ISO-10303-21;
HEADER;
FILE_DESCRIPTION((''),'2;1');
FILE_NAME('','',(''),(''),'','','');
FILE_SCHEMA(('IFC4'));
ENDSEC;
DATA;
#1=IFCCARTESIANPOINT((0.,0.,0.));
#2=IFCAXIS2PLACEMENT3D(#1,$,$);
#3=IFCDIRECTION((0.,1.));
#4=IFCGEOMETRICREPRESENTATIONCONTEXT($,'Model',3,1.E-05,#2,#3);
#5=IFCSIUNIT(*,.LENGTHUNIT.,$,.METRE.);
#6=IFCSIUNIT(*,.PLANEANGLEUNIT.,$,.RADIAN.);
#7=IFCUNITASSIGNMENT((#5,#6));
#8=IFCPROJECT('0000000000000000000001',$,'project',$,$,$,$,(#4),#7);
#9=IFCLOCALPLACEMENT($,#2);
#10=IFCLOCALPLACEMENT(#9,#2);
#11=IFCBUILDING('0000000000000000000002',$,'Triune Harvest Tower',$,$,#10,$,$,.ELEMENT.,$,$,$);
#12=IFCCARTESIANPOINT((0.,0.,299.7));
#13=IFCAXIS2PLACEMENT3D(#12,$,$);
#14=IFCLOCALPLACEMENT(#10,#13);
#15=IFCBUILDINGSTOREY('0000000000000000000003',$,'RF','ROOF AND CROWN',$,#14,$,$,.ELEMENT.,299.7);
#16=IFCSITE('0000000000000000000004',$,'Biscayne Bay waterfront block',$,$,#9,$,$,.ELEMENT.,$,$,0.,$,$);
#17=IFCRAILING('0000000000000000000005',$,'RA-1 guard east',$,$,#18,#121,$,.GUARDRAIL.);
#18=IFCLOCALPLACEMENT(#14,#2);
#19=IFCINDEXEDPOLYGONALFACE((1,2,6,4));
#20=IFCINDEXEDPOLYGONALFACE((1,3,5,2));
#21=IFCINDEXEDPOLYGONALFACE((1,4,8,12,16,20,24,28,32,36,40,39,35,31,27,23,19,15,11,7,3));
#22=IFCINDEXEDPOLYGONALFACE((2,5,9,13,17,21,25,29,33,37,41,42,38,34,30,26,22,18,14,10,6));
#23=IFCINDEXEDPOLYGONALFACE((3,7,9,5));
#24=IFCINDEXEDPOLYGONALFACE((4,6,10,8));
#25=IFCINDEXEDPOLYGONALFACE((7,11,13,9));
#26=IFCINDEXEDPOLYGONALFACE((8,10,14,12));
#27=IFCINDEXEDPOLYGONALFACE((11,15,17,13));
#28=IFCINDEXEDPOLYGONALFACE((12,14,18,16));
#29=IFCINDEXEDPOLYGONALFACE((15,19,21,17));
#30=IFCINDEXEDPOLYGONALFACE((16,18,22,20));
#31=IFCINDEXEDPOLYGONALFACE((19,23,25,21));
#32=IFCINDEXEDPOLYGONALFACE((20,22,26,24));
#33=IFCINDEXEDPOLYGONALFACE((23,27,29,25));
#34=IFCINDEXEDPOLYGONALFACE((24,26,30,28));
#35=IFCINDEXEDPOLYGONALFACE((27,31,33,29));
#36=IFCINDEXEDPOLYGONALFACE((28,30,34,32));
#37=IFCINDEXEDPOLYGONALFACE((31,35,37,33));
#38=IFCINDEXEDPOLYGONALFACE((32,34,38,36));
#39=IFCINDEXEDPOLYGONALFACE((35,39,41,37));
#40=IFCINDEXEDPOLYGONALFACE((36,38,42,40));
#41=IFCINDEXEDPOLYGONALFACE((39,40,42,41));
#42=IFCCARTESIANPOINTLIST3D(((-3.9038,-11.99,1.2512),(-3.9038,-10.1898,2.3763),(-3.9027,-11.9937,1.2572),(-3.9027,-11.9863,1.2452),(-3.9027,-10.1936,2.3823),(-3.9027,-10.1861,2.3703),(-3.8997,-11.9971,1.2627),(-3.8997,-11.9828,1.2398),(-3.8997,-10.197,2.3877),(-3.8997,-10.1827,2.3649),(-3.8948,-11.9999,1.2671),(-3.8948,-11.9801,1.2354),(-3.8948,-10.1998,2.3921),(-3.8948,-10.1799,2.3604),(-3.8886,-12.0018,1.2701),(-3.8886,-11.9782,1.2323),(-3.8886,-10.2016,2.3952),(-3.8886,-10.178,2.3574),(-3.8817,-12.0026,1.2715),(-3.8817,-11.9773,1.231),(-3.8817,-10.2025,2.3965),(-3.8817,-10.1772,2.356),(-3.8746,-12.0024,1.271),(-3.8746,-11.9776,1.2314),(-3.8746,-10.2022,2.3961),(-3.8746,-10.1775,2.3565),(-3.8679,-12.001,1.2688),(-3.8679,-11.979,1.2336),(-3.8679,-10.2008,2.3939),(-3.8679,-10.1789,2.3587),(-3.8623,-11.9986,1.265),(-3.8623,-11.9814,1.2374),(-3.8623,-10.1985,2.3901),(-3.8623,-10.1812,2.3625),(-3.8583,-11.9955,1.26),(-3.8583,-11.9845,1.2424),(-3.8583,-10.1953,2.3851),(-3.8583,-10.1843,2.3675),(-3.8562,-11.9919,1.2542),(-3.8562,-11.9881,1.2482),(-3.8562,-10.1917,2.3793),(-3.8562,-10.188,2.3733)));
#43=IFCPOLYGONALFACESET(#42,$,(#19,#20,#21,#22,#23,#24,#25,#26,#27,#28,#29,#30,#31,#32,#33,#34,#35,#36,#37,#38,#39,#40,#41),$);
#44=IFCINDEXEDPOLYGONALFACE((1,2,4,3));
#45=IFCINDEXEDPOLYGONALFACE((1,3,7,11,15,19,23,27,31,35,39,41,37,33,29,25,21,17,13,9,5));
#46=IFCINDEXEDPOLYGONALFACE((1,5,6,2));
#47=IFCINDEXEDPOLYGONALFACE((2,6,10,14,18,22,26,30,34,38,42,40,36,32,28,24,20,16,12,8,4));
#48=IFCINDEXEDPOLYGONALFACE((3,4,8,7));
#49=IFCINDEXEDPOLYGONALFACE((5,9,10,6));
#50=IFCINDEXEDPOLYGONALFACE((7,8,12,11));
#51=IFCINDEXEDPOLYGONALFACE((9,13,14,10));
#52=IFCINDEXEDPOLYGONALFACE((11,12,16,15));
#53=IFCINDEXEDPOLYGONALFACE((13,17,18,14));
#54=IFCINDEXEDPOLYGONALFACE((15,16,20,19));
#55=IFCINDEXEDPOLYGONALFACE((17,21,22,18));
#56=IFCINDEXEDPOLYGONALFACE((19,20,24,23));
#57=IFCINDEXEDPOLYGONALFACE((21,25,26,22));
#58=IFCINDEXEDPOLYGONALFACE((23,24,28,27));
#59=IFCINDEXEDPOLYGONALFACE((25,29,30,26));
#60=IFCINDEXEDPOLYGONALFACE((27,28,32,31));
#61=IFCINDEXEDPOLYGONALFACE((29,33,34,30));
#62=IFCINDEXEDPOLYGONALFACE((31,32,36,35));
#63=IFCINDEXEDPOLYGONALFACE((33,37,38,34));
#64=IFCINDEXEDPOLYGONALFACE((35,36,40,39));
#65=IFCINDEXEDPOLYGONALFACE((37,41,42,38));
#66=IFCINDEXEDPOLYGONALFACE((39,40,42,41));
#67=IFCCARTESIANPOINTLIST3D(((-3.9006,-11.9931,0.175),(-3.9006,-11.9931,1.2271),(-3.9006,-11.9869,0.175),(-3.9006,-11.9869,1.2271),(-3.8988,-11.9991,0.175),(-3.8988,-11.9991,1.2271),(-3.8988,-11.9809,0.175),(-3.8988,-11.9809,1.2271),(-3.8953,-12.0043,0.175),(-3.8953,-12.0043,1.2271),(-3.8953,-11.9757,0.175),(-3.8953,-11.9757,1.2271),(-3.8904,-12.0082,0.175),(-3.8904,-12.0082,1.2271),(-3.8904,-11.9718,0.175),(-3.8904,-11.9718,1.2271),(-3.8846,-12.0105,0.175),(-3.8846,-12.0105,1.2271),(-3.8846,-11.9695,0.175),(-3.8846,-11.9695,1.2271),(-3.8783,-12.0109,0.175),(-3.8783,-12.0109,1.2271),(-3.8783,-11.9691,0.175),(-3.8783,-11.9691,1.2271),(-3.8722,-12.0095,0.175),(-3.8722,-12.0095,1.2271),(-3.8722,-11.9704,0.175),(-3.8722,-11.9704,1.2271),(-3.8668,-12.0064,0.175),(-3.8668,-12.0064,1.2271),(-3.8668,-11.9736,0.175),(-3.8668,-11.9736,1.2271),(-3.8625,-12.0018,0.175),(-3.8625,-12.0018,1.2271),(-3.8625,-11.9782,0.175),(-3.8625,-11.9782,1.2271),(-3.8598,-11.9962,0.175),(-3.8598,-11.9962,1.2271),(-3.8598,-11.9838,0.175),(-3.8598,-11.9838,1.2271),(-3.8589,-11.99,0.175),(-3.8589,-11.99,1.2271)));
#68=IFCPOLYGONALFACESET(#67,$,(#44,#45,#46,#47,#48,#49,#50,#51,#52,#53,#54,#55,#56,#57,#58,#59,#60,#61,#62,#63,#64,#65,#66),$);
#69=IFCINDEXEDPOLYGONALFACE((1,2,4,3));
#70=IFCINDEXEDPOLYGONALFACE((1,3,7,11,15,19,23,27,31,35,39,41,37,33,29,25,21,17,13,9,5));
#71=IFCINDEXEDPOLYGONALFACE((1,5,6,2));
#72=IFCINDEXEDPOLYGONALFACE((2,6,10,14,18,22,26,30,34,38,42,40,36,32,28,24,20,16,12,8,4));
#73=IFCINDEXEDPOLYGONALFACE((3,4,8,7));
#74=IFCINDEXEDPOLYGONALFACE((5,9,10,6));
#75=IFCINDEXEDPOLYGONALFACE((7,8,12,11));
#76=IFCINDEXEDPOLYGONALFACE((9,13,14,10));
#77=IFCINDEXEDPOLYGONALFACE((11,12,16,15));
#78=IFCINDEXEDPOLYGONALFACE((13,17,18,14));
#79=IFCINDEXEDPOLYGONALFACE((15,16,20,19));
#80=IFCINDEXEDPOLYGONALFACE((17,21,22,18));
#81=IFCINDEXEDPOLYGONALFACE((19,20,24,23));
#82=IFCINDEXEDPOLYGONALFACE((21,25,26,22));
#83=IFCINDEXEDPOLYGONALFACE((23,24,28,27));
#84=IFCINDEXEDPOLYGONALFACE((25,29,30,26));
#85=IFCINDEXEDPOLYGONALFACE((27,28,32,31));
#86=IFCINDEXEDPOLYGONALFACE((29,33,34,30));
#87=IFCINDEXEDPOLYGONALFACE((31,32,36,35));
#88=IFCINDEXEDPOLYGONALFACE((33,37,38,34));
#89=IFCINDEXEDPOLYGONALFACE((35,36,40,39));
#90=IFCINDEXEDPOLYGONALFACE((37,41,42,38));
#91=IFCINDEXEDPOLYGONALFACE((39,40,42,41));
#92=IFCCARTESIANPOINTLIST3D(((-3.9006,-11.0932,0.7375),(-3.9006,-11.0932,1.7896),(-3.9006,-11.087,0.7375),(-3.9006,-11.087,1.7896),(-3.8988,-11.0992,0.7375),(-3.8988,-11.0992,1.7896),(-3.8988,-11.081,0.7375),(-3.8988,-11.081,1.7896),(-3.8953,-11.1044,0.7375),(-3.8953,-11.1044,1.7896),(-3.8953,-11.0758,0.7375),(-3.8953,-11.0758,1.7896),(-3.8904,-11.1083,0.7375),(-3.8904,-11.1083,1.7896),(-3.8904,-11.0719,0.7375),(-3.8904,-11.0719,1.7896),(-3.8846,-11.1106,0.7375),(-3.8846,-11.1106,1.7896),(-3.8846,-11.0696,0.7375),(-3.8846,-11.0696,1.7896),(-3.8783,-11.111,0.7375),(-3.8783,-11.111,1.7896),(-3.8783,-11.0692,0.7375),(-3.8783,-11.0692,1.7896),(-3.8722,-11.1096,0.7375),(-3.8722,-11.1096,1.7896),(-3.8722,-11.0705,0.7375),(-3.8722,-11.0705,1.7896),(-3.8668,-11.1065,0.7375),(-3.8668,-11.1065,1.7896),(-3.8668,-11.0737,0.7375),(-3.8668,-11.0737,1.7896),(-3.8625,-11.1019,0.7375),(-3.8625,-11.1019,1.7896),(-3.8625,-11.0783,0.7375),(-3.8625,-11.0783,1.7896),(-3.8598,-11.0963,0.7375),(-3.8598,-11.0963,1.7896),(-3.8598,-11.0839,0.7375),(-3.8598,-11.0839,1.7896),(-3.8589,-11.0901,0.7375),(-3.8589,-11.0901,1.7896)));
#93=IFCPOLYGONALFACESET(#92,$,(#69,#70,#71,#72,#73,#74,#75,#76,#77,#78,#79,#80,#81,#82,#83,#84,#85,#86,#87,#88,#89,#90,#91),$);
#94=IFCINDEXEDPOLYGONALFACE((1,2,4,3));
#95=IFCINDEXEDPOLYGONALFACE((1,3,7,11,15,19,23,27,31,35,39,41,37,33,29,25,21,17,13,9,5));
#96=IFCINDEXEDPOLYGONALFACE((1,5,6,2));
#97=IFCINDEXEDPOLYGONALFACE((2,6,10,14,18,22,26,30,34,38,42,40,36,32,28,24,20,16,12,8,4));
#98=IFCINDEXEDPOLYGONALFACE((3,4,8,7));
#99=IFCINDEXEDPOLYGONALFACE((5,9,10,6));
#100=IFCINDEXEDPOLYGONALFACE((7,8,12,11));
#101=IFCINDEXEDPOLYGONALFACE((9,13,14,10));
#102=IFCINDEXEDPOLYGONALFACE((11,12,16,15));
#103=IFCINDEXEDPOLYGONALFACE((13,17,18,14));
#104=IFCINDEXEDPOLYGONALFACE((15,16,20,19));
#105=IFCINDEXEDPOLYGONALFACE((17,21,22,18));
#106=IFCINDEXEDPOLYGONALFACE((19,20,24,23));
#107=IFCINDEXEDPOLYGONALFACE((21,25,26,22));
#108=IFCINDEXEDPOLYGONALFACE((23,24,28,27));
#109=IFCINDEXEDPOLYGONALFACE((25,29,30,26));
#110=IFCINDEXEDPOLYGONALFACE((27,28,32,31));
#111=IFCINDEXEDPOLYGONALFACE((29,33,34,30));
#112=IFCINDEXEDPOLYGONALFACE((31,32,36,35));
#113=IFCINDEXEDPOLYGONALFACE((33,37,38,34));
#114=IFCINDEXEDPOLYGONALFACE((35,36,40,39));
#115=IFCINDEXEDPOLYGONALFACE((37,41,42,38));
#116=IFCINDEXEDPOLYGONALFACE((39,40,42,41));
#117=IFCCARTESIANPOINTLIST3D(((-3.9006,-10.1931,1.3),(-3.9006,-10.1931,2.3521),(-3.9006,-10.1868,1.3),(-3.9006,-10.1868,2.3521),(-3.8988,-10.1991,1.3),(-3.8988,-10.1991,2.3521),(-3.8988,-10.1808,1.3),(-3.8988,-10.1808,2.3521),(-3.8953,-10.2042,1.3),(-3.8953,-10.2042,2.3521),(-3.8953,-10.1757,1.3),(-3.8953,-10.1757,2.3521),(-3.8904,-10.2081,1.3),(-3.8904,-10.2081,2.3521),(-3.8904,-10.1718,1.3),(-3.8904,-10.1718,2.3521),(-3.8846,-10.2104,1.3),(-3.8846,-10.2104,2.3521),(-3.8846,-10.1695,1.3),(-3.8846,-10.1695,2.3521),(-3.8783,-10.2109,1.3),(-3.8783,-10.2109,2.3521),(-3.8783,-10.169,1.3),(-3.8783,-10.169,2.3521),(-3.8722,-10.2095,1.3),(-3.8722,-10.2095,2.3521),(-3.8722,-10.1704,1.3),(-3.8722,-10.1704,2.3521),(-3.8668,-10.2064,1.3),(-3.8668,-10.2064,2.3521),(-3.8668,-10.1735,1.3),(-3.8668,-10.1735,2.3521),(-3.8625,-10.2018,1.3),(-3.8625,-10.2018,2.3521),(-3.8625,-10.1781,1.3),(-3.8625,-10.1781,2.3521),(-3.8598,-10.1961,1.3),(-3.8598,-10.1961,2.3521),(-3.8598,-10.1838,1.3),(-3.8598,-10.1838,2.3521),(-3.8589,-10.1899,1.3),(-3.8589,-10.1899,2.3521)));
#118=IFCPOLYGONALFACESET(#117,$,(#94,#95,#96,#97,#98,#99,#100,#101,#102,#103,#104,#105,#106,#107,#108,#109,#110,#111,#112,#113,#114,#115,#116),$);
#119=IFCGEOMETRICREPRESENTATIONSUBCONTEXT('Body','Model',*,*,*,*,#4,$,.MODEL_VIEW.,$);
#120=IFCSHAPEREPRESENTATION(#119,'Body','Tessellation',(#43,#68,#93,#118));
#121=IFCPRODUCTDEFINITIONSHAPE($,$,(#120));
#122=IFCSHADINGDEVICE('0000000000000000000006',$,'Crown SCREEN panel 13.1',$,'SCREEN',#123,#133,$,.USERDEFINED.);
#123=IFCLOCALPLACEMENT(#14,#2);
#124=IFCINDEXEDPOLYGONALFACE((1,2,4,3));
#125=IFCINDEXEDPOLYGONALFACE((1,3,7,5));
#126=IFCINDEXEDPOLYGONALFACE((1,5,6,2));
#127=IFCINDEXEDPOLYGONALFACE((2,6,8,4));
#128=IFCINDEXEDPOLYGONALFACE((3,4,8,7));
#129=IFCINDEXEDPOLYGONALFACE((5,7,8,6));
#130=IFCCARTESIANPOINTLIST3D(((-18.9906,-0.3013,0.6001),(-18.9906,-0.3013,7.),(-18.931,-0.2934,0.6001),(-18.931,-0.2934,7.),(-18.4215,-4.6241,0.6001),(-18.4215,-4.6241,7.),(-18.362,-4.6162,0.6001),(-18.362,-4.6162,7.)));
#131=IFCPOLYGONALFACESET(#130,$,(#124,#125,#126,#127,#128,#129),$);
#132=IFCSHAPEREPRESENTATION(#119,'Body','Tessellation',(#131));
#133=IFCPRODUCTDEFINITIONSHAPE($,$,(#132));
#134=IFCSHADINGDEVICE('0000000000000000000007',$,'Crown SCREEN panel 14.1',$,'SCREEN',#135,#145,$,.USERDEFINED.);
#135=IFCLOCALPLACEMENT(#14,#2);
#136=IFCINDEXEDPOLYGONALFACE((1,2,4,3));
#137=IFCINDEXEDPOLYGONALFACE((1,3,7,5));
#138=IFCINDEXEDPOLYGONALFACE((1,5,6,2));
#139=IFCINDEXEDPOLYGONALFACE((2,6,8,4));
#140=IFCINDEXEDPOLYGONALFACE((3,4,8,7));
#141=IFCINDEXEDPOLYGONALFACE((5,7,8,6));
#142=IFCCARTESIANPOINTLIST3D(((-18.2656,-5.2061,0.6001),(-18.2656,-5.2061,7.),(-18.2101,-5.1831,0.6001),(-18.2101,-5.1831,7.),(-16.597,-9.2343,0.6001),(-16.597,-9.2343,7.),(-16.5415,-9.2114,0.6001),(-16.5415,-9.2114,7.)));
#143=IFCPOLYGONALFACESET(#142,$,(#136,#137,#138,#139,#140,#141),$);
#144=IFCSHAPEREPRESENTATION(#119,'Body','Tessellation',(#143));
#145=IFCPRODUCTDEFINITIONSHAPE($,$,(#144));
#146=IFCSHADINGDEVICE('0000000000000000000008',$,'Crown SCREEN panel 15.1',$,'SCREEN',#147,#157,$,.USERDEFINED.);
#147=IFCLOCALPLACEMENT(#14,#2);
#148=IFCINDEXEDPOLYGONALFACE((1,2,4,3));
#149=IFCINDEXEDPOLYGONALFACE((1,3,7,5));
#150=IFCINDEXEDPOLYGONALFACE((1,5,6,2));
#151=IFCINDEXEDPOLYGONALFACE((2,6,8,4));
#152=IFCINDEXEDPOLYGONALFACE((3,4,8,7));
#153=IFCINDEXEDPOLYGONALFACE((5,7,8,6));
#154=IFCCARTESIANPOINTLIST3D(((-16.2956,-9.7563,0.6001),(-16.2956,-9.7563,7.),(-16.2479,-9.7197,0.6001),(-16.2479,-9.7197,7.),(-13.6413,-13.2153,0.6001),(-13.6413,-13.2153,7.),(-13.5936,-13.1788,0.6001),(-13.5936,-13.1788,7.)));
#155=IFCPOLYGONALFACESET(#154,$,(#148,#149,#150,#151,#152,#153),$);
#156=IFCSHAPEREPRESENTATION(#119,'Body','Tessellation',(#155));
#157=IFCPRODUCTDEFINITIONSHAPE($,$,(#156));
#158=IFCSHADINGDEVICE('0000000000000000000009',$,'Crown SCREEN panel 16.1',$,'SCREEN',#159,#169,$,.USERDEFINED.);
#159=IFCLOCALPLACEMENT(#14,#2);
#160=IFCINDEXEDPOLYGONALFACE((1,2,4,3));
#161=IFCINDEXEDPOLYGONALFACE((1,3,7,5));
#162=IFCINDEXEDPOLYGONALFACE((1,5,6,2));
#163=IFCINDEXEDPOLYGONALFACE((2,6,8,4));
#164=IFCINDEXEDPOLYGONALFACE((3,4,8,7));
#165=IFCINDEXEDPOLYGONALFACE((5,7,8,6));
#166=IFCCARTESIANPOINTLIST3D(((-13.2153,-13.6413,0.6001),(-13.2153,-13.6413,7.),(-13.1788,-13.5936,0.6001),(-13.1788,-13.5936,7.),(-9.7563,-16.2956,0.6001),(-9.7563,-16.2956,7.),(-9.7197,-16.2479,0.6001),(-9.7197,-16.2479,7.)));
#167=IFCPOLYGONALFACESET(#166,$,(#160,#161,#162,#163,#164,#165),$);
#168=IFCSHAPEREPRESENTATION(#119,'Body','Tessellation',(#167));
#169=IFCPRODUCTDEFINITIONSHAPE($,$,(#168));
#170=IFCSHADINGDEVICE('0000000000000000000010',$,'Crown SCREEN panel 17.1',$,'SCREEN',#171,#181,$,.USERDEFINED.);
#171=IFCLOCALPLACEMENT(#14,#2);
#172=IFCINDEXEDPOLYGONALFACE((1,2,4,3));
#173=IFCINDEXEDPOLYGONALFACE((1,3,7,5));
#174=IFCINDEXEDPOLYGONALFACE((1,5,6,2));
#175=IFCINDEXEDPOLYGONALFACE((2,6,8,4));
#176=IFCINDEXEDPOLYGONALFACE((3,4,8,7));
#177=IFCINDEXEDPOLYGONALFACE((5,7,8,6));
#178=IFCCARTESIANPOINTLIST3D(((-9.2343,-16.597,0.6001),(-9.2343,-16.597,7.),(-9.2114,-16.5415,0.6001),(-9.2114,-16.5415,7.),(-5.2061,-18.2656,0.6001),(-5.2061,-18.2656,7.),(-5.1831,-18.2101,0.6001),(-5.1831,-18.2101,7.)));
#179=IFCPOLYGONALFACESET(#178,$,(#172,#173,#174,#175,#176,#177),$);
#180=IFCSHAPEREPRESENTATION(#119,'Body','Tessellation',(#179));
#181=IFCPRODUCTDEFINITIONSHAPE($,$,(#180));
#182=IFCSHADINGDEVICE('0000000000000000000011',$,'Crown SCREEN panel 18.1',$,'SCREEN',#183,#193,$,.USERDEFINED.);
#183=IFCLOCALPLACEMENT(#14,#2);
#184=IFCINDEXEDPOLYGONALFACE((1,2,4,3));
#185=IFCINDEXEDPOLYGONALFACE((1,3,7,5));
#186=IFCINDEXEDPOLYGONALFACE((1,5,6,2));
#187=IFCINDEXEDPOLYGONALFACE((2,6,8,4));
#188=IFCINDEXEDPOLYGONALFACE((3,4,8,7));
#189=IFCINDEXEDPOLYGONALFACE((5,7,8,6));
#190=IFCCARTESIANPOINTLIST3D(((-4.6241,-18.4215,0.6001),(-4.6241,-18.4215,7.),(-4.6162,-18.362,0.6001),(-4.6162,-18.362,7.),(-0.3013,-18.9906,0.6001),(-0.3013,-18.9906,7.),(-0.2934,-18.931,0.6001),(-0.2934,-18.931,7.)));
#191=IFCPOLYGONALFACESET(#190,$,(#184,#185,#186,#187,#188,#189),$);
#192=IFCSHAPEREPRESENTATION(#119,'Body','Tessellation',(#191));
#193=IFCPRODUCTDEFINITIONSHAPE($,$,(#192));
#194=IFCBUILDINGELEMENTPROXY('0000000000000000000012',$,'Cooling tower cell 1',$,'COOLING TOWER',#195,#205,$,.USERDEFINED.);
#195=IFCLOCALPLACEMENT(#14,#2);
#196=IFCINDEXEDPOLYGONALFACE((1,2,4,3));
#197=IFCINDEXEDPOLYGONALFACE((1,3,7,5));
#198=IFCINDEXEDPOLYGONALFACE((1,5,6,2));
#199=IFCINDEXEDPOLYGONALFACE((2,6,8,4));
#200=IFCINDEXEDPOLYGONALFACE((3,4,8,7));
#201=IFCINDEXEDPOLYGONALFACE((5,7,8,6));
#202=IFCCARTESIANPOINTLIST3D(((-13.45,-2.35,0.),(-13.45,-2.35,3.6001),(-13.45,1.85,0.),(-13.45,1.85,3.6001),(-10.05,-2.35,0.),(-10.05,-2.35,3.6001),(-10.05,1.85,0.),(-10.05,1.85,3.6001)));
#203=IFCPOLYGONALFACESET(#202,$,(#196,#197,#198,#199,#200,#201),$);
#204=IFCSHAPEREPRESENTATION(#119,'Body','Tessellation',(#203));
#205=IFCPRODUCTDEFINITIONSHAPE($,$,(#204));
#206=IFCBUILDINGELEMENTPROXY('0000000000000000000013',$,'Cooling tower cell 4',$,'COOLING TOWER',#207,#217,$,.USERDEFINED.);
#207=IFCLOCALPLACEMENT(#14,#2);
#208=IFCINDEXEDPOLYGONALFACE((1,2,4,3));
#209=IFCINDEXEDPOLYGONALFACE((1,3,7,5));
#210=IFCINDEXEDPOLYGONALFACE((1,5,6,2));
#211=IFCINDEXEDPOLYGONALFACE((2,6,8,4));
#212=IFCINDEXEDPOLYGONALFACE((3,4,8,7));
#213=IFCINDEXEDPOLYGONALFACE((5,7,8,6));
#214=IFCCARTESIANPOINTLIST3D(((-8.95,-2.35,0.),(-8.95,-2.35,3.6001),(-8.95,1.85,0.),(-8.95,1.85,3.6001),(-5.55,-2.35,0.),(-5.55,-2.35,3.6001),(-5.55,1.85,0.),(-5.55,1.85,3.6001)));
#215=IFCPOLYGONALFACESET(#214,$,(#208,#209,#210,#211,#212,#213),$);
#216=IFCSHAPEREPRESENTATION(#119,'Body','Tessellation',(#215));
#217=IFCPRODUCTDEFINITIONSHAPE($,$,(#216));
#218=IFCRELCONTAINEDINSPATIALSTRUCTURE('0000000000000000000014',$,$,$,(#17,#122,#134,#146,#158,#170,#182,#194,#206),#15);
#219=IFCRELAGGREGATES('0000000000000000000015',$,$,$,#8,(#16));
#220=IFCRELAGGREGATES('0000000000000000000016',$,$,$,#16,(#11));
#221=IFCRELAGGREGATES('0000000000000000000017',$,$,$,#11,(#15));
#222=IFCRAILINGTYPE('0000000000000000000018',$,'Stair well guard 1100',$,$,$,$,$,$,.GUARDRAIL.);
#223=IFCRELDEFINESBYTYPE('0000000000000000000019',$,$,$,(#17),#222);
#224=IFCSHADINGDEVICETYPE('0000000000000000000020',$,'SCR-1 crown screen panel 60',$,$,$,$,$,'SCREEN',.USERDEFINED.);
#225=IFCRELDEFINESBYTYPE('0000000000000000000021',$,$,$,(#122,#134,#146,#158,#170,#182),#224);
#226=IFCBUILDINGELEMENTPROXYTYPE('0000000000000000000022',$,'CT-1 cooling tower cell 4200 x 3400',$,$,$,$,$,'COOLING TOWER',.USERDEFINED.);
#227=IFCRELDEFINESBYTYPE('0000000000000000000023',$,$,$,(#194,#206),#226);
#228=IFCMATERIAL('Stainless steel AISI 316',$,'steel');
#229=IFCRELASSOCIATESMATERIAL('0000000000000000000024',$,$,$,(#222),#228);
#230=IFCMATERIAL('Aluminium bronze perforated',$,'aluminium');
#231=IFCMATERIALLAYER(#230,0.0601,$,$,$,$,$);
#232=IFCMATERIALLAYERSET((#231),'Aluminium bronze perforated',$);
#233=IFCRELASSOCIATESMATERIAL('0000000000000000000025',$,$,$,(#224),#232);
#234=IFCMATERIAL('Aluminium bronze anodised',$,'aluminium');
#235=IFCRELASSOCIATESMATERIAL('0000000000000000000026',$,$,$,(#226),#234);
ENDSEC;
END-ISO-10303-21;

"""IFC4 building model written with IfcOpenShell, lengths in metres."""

from ifc_helpers import new_model, si_unit, direction, frame, origin, origin_2d, place, context, subcontext, project, spatial, rectangle, circle, extrude, source, transform, mapped, material, layer, layer_set, type_object, element, save


model = new_model("IFC4")

# Units and contexts
model_context = context("Model", 3, precision=1e-05, world=origin(), true_north=direction((0.0, 1.0)))
body_context = subcontext(model_context, "Body", "Model", "MODEL_VIEW")
ifc_project = project(units=[si_unit("LENGTHUNIT", "METRE"), si_unit("PLANEANGLEUNIT", "RADIAN")], contexts=[model_context])

# Site, building, storey
site_placement = place(None, origin())
site = spatial("IfcSite", under=ifc_project, at=site_placement, Name="Biscayne Bay waterfront block", CompositionType="ELEMENT", RefElevation=0.0)
building_placement = place(site_placement, origin())
building = spatial("IfcBuilding", under=site, at=building_placement, Name="Triune Harvest Tower", CompositionType="ELEMENT")
storey_placement = place(building_placement, frame((0.0, 0.0, 299.7)))
storey = spatial("IfcBuildingStorey", under=building, at=storey_placement, Name="RF", Description="ROOF AND CROWN", CompositionType="ELEMENT", Elevation=299.7)

# Railing
ifc_material_1 = material(Name="Stainless steel AISI 316", Category="steel")
railing_type_1 = type_object("IfcRailingType", Name="Stair well guard 1100", PredefinedType="GUARDRAIL", material=ifc_material_1)
railing_1_placement = place(storey_placement, frame((-3.8799, -11.99, 0.175)))
element("IfcRailing", 1, at=railing_1_placement, inside=storey, type_object=railing_type_1, Name="RA-1 guard east", PredefinedType="GUARDRAIL", context=body_context, shape_type="SweptSolid", body=[
    extrude(circle(Radius=0.0239, at=origin_2d()), frame((0.0, 0.0, 1.0762), z_axis=(0.0, 0.848005, 0.529989), x_axis=(-1.0, 0.0, 0.0)), (0.0, 0.0, 1.0), 2.1228),
    extrude(circle(Radius=0.021, at=origin_2d()), origin(), (0.0, 0.0, 1.0), 1.052),
    extrude(circle(Radius=0.021, at=origin_2d()), frame((0.0, 0.8999, 0.5625)), (0.0, 0.0, 1.0), 1.052),
    extrude(circle(Radius=0.021, at=origin_2d()), frame((0.0, 1.8, 1.125)), (0.0, 0.0, 1.0), 1.052),
])

# Shading devices
ifc_material_2 = material(Name="Aluminium bronze perforated", Category="aluminium")
ifc_layer_1 = layer(ifc_material_2, 0.0601)
ifc_layer_set_1 = layer_set([ifc_layer_1], Name="Aluminium bronze perforated")
shading_device_type = type_object("IfcShadingDeviceType", Name="SCR-1 crown screen panel 60", ElementType="SCREEN", PredefinedType="USERDEFINED", material=ifc_layer_set_1)
shared_shape_1 = source(origin(), body_context, "Body", "SweptSolid", [
    extrude(rectangle(XDim=4.3601, YDim=0.0601, at=origin_2d()), origin(), (0.0, 0.0, 1.0), 6.3999),
])
for number, where, z_axis, x_axis, name in (
    (2, (-18.6763, -2.4587, 0.6001), (0.0, 0.0, 1.0), (0.130523, -0.991445, 0.0), "Crown SCREEN panel 13.1"),
    (3, (-17.4036, -7.2087, 0.6001), (0.0, 0.0, 1.0), (0.382685, -0.923879, 0.0), "Crown SCREEN panel 14.1"),
    (4, (-14.9446, -11.4675, 0.6001), (0.0, 0.0, 1.0), (0.60877, -0.793347, 0.0), "Crown SCREEN panel 15.1"),
    (5, (-11.4675, -14.9446, 0.6001), (0.0, 0.0, 1.0), (0.793347, -0.60877, 0.0), "Crown SCREEN panel 16.1"),
    (6, (-7.2087, -17.4036, 0.6001), (0.0, 0.0, 1.0), (0.923879, -0.382685, 0.0), "Crown SCREEN panel 17.1"),
    (7, (-2.4587, -18.6763, 0.6001), (0.0, 0.0, 1.0), (0.991445, -0.130523, 0.0), "Crown SCREEN panel 18.1"),
):
    element("IfcShadingDevice", number, at=place(storey_placement, frame(where, z_axis=z_axis, x_axis=x_axis)), inside=storey, type_object=shading_device_type, Name=name, ObjectType="SCREEN", PredefinedType="USERDEFINED", context=body_context, shape_type="MappedRepresentation", body=[
        mapped(shared_shape_1, transform((0.0, 0.0, 0.0), scale=1.0)),
    ])

# Building element proxies
ifc_material_3 = material(Name="Aluminium bronze anodised", Category="aluminium")
building_element_proxy_type = type_object("IfcBuildingElementProxyType", Name="CT-1 cooling tower cell 4200 x 3400", ElementType="COOLING TOWER", PredefinedType="USERDEFINED", material=ifc_material_3)
shared_shape_2 = source(origin(), body_context, "Body", "SweptSolid", [
    extrude(rectangle(XDim=3.3999, YDim=4.2, at=origin_2d()), origin(), (0.0, 0.0, 1.0), 3.6001),
])
for number, where, z_axis, x_axis, name in (
    (8, (-11.75, -0.25, 0.0), (0.0, 0.0, 1.0), (1.0, 0.0, 0.0), "Cooling tower cell 1"),
    (9, (-7.25, -0.25, 0.0), (0.0, 0.0, 1.0), (1.0, 0.0, 0.0), "Cooling tower cell 4"),
):
    element("IfcBuildingElementProxy", number, at=place(storey_placement, frame(where, z_axis=z_axis, x_axis=x_axis)), inside=storey, type_object=building_element_proxy_type, Name=name, ObjectType="COOLING TOWER", PredefinedType="USERDEFINED", context=body_context, shape_type="MappedRepresentation", body=[
        mapped(shared_shape_2, transform((0.0, 0.0, 0.0), scale=1.0)),
    ])

save(model, "model.ifc")
